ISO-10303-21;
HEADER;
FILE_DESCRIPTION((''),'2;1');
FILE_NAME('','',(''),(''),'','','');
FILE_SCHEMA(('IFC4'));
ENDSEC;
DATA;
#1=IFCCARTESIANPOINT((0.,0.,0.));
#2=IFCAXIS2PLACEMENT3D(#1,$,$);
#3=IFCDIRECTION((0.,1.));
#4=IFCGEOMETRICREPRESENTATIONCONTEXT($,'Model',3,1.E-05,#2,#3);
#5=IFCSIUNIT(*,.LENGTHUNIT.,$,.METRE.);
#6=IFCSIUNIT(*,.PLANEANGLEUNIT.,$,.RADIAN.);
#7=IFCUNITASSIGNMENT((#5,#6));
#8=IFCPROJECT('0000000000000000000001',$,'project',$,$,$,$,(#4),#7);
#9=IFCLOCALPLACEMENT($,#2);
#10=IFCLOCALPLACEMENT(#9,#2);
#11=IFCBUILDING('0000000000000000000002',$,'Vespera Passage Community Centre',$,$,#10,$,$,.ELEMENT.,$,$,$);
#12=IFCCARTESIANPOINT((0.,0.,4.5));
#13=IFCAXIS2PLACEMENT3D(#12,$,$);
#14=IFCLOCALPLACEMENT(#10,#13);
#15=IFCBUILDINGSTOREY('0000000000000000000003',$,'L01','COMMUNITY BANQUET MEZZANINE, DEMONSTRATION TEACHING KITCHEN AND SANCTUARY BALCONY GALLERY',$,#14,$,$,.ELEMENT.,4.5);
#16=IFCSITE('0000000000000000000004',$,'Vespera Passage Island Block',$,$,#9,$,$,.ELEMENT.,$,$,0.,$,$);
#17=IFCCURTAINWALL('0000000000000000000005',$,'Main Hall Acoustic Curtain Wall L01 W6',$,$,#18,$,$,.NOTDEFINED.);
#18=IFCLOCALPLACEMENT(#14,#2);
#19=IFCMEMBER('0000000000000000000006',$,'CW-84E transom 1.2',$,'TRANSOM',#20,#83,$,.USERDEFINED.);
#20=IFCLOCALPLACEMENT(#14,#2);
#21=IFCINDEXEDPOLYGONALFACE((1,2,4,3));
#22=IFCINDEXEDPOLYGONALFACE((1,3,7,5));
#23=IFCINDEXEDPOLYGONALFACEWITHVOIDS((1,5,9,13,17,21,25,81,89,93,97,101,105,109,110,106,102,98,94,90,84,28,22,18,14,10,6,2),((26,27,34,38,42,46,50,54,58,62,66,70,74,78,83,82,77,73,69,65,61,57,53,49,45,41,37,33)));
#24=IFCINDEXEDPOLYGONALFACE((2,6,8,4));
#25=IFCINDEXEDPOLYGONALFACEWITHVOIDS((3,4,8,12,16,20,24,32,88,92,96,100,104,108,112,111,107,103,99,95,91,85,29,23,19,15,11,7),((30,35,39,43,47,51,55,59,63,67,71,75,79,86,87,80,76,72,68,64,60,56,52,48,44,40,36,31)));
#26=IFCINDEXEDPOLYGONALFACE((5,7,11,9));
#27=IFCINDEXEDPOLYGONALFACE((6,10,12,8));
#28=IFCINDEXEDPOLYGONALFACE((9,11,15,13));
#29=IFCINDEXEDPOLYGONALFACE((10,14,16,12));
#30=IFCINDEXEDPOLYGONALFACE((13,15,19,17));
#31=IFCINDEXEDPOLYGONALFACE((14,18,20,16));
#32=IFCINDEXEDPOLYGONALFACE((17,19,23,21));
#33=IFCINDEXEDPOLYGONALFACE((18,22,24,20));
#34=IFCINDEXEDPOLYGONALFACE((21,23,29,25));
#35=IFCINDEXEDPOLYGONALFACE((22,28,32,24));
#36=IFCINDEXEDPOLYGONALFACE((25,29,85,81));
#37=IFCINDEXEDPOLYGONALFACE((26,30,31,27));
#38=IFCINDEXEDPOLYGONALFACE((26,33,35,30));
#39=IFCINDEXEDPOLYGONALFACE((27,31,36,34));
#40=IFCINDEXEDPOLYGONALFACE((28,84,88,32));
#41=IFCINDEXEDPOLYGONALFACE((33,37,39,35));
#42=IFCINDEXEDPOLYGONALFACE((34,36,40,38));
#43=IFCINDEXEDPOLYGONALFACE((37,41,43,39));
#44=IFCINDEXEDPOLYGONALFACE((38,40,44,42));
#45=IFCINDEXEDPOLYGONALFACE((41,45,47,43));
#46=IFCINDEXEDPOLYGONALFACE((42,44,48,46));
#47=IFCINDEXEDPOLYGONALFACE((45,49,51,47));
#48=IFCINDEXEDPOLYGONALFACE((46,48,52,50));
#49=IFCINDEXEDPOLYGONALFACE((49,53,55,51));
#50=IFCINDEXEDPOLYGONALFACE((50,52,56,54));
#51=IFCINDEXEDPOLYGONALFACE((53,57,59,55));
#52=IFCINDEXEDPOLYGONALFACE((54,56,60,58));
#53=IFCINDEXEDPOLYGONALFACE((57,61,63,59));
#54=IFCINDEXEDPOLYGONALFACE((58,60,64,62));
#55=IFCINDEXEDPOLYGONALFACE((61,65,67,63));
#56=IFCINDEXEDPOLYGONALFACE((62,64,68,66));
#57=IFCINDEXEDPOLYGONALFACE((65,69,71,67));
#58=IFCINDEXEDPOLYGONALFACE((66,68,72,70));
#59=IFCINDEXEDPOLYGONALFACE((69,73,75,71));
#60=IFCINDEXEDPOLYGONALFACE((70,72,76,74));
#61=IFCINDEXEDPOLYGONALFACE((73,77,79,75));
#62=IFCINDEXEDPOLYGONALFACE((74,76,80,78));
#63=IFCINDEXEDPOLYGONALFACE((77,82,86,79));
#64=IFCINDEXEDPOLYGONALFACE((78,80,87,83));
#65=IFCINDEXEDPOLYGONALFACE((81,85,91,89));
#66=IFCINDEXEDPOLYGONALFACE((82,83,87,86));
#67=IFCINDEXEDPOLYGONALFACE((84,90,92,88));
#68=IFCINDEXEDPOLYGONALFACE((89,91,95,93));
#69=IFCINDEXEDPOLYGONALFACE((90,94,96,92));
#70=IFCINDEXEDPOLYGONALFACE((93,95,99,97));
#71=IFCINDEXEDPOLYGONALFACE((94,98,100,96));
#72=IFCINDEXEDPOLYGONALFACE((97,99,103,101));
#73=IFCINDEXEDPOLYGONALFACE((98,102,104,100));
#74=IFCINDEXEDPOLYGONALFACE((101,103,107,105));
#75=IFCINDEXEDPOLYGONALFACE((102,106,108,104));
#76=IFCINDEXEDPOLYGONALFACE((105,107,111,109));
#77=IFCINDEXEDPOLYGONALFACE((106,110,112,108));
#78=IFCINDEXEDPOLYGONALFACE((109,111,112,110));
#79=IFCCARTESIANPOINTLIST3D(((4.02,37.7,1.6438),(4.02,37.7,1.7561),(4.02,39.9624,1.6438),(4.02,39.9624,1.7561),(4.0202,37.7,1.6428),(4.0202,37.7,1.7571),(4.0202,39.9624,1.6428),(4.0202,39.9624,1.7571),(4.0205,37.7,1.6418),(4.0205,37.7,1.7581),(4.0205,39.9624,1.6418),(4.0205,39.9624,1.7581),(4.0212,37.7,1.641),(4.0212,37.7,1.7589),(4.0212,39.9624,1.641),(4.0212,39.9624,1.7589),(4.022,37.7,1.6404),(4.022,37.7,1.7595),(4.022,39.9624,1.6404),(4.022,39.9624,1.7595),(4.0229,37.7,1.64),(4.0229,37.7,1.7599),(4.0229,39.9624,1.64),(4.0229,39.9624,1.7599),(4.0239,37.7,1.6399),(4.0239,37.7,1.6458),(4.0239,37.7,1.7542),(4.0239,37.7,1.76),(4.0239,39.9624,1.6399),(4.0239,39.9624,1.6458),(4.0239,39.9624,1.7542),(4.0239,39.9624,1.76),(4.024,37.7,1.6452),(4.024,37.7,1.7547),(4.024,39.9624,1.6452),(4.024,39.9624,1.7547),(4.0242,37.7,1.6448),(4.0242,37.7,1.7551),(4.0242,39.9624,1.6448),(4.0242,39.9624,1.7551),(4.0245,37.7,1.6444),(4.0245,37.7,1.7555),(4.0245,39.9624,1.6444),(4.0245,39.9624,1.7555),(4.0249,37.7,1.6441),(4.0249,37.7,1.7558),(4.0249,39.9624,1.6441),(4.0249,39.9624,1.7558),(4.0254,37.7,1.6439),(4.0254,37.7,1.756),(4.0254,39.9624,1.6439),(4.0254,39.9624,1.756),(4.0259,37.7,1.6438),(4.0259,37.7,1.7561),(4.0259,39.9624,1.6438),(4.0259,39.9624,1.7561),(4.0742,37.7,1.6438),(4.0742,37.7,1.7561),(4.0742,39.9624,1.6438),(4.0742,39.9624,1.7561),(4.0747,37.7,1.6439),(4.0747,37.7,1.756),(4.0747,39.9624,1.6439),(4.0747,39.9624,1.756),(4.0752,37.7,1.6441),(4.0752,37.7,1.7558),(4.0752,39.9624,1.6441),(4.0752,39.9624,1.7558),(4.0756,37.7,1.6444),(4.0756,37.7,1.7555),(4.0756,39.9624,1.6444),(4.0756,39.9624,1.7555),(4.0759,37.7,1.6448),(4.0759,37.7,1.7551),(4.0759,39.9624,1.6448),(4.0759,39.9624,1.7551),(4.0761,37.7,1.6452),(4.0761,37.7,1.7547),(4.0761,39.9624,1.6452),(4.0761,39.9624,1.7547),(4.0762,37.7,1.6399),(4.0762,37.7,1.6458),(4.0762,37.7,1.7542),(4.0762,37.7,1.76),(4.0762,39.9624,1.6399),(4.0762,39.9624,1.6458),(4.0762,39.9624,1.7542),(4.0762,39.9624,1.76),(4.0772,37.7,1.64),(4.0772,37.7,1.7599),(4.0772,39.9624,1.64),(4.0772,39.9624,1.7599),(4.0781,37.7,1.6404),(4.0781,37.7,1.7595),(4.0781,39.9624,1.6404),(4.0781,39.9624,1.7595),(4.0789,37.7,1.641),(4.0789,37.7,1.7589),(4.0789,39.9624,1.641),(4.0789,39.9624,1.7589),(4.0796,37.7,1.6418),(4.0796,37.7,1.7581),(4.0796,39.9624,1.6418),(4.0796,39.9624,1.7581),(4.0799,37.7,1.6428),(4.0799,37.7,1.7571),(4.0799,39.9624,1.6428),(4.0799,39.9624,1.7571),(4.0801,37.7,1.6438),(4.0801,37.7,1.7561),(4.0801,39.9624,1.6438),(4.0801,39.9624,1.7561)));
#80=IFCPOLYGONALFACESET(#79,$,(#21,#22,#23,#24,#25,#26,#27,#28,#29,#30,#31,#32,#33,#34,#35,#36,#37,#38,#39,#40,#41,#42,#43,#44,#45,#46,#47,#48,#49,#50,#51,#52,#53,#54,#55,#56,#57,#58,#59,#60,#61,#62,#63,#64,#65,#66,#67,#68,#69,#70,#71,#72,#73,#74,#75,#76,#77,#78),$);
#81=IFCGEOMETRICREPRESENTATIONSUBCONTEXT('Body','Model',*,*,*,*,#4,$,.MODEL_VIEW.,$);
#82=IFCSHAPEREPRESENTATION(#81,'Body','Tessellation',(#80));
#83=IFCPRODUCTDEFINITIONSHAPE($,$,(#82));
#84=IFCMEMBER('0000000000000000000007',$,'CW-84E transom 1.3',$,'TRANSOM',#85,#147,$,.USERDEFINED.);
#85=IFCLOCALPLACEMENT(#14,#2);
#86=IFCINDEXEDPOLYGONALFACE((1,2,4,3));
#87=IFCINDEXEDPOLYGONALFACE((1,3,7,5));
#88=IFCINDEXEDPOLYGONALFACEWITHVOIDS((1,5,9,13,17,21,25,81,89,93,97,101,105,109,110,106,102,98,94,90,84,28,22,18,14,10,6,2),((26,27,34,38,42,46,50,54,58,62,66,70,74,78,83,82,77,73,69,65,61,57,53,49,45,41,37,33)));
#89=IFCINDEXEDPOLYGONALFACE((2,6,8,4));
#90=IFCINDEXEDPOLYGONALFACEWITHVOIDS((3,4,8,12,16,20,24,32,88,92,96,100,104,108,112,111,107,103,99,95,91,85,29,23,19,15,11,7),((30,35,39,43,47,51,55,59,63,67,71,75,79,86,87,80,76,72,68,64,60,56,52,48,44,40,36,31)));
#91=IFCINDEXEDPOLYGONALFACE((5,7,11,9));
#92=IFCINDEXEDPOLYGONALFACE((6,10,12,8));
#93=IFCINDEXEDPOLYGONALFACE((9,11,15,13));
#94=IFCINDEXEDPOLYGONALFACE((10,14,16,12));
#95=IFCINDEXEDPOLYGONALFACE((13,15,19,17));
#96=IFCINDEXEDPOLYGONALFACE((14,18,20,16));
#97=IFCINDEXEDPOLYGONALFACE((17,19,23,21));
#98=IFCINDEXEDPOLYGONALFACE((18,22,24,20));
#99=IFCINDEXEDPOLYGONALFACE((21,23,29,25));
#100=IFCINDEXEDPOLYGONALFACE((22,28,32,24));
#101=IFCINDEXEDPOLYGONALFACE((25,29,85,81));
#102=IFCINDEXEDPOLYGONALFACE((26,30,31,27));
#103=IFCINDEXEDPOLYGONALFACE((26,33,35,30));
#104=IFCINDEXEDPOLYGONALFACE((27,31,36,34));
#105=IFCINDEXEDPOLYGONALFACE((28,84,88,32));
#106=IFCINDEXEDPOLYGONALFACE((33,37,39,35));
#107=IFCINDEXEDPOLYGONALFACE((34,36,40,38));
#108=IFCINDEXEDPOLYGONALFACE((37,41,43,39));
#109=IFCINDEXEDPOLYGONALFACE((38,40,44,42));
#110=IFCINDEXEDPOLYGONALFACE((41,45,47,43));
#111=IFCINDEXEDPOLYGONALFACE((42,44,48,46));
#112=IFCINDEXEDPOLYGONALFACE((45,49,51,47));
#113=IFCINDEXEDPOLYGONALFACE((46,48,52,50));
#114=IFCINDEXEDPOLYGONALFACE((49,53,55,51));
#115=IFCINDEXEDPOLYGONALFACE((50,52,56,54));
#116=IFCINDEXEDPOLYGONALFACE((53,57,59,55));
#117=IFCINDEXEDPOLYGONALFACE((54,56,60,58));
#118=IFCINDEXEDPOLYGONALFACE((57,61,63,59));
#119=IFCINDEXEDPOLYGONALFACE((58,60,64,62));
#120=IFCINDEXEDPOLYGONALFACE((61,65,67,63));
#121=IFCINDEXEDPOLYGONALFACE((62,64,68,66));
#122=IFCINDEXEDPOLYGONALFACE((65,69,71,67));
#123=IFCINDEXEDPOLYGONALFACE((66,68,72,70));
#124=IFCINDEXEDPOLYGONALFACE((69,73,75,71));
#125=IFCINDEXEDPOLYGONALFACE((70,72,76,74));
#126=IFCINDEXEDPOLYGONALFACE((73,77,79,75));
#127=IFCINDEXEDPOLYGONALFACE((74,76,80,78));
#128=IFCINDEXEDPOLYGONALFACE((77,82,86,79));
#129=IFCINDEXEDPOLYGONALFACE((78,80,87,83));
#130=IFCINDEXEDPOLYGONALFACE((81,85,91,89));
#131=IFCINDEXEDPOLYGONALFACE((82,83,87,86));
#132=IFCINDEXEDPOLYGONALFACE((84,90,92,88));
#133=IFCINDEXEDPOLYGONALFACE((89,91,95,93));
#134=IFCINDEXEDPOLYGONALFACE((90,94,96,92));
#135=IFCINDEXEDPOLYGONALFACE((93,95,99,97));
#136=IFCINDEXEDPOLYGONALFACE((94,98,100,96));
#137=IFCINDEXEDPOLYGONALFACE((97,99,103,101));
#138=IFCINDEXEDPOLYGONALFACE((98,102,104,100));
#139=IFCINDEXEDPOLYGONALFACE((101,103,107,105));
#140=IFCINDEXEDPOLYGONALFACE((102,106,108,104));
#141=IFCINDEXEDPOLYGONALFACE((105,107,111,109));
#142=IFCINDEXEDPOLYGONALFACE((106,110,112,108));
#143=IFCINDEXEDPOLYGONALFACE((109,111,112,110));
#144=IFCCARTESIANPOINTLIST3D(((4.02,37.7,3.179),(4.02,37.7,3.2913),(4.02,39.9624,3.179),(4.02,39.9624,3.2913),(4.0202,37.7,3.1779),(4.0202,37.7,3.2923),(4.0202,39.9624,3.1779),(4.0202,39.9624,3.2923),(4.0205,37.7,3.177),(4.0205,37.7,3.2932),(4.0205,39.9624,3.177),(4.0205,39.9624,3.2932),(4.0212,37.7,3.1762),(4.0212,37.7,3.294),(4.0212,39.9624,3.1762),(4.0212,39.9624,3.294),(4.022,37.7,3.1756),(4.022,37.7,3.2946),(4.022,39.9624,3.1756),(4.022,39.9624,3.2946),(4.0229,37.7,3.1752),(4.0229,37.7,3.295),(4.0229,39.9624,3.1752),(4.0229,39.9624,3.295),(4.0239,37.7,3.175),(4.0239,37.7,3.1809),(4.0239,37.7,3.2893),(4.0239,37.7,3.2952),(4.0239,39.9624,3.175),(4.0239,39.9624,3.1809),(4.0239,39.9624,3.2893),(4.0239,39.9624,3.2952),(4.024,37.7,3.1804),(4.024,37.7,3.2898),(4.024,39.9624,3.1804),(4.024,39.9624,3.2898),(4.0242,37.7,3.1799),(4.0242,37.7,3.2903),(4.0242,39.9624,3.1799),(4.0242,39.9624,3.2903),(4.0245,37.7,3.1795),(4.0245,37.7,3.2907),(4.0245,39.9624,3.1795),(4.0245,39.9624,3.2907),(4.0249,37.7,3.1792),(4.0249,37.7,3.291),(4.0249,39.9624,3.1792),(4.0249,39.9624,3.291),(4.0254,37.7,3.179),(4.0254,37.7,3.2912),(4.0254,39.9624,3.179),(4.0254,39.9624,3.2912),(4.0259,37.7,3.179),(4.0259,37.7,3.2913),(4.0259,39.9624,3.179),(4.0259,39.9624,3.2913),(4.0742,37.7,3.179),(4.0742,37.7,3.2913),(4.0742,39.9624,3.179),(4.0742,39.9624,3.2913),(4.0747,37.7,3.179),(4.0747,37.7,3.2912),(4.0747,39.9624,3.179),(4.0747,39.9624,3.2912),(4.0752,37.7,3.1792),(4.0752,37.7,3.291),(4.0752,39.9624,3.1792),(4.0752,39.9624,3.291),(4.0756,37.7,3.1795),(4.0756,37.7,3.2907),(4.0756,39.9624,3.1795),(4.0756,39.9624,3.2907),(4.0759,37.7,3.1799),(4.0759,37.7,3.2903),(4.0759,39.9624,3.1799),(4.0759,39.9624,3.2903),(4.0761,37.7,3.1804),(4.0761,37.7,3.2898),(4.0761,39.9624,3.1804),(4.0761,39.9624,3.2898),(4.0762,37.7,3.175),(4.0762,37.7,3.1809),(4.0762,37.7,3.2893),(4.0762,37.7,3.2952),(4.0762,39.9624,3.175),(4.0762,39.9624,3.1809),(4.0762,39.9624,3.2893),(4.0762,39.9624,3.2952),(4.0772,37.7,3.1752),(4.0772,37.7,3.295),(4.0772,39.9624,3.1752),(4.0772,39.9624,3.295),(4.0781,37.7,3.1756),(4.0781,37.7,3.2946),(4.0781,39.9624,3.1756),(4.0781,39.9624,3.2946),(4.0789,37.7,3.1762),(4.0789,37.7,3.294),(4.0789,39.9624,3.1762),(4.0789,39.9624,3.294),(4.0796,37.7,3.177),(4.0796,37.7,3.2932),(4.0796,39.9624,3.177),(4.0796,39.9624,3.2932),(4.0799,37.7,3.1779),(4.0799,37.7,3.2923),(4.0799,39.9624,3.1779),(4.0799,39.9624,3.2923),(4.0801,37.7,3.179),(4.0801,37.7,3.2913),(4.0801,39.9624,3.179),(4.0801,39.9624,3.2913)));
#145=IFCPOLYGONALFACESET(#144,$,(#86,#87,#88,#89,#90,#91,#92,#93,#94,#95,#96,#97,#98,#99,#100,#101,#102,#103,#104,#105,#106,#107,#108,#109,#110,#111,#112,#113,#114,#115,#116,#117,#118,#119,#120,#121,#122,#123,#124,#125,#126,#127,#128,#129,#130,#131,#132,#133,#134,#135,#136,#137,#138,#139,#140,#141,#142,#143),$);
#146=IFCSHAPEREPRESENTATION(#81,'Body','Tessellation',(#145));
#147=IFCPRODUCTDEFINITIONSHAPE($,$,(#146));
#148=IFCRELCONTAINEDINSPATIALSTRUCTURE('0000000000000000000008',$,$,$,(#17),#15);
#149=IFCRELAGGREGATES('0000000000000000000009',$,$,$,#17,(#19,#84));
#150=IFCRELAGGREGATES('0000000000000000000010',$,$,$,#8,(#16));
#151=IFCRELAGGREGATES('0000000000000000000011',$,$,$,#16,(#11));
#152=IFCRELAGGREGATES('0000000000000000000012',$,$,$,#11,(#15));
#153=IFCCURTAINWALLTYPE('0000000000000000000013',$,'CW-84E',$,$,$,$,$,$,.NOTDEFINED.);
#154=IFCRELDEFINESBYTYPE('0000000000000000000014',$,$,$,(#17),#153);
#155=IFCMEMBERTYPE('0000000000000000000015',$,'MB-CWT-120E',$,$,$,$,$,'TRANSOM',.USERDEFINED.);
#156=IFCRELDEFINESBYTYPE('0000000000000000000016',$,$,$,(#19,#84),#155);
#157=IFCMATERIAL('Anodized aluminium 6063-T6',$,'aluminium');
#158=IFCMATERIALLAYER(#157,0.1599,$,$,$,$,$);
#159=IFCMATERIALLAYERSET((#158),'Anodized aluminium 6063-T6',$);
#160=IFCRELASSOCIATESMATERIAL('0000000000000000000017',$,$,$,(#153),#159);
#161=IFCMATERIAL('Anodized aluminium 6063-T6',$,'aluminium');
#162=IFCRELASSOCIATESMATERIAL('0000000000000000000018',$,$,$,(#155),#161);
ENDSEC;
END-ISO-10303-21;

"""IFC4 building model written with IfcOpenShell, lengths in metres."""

from ifc_helpers import new_model, si_unit, direction, frame, origin, origin_2d, place, context, subcontext, project, spatial, hollow_rectangle, extrude, material, layer, layer_set, material_profile, profile_set, type_object, element, aggregate, save


model = new_model("IFC4")

# Units and contexts
model_context = context("Model", 3, precision=1e-05, world=origin(), true_north=direction((0.0, 1.0)))
body_context = subcontext(model_context, "Body", "Model", "MODEL_VIEW")
ifc_project = project(units=[si_unit("LENGTHUNIT", "METRE"), si_unit("PLANEANGLEUNIT", "RADIAN")], contexts=[model_context])

# Site, building, storey
site_placement = place(None, origin())
site = spatial("IfcSite", under=ifc_project, at=site_placement, Name="Vespera Passage Island Block", CompositionType="ELEMENT", RefElevation=0.0)
building_placement = place(site_placement, origin())
building = spatial("IfcBuilding", under=site, at=building_placement, Name="Vespera Passage Community Centre", CompositionType="ELEMENT")
storey_placement = place(building_placement, frame((0.0, 0.0, 4.5)))
storey = spatial("IfcBuildingStorey", under=building, at=storey_placement, Name="L01", Description="COMMUNITY BANQUET MEZZANINE, DEMONSTRATION TEACHING KITCHEN AND SANCTUARY BALCONY GALLERY", CompositionType="ELEMENT", Elevation=4.5)

# Shared definitions
ifc_material_1 = material(Name="Anodized aluminium 6063-T6", Category="aluminium")
ifc_layer_1 = layer(ifc_material_1, 0.1599)
ifc_layer_set_1 = layer_set([ifc_layer_1], Name="Anodized aluminium 6063-T6")
curtain_wall_type = type_object("IfcCurtainWallType", Name="CW-84E", PredefinedType="NOTDEFINED", material=ifc_layer_set_1)

# Curtain wall, members
curtain_wall_1_placement = place(storey_placement, origin())
curtain_wall_1 = element("IfcCurtainWall", 1, at=curtain_wall_1_placement, inside=storey, type_object=curtain_wall_type, Name="Main Hall Acoustic Curtain Wall L01 W6", PredefinedType="NOTDEFINED")
ifc_material_2 = material(Name="Anodized aluminium 6063-T6", Category="aluminium")
ifc_material_profile_1 = material_profile(ifc_material_2, hollow_rectangle(XDim=0.0601, YDim=0.1201, WallThickness=0.0039, InnerFilletRadius=0.002, OuterFilletRadius=0.0039, at=origin_2d()), Name="ALU120X60X4")
ifc_profile_set_1 = profile_set([ifc_material_profile_1], Name="Anodized aluminium 6063-T6")
member_type_1 = type_object("IfcMemberType", Name="MB-CWT-120E", ElementType="TRANSOM", PredefinedType="USERDEFINED", material=ifc_profile_set_1)
member_1_placement = place(storey_placement, frame((4.05, 37.7, 1.7), z_axis=(0.0, 1.0, 0.0), x_axis=(-1.0, 0.0, 0.0)))
member_1 = element("IfcMember", 2, at=member_1_placement, type_object=member_type_1, Name="CW-84E transom 1.2", ObjectType="TRANSOM", PredefinedType="USERDEFINED", context=body_context, shape_type="SweptSolid", body=[
    extrude(hollow_rectangle(XDim=0.0601, YDim=0.1201, WallThickness=0.0039, InnerFilletRadius=0.002, OuterFilletRadius=0.0039, at=origin_2d()), origin(), (0.0, 0.0, 1.0), 2.2625),
])
member_2_placement = place(storey_placement, frame((4.05, 37.7, 3.2351), z_axis=(0.0, 1.0, 0.0), x_axis=(-1.0, 0.0, 0.0)))
member_2 = element("IfcMember", 3, at=member_2_placement, type_object=member_type_1, Name="CW-84E transom 1.3", ObjectType="TRANSOM", PredefinedType="USERDEFINED", context=body_context, shape_type="SweptSolid", body=[
    extrude(hollow_rectangle(XDim=0.0601, YDim=0.1201, WallThickness=0.0039, InnerFilletRadius=0.002, OuterFilletRadius=0.0039, at=origin_2d()), origin(), (0.0, 0.0, 1.0), 2.2625),
])

aggregate(curtain_wall_1, [member_1, member_2])

save(model, "model.ifc")
